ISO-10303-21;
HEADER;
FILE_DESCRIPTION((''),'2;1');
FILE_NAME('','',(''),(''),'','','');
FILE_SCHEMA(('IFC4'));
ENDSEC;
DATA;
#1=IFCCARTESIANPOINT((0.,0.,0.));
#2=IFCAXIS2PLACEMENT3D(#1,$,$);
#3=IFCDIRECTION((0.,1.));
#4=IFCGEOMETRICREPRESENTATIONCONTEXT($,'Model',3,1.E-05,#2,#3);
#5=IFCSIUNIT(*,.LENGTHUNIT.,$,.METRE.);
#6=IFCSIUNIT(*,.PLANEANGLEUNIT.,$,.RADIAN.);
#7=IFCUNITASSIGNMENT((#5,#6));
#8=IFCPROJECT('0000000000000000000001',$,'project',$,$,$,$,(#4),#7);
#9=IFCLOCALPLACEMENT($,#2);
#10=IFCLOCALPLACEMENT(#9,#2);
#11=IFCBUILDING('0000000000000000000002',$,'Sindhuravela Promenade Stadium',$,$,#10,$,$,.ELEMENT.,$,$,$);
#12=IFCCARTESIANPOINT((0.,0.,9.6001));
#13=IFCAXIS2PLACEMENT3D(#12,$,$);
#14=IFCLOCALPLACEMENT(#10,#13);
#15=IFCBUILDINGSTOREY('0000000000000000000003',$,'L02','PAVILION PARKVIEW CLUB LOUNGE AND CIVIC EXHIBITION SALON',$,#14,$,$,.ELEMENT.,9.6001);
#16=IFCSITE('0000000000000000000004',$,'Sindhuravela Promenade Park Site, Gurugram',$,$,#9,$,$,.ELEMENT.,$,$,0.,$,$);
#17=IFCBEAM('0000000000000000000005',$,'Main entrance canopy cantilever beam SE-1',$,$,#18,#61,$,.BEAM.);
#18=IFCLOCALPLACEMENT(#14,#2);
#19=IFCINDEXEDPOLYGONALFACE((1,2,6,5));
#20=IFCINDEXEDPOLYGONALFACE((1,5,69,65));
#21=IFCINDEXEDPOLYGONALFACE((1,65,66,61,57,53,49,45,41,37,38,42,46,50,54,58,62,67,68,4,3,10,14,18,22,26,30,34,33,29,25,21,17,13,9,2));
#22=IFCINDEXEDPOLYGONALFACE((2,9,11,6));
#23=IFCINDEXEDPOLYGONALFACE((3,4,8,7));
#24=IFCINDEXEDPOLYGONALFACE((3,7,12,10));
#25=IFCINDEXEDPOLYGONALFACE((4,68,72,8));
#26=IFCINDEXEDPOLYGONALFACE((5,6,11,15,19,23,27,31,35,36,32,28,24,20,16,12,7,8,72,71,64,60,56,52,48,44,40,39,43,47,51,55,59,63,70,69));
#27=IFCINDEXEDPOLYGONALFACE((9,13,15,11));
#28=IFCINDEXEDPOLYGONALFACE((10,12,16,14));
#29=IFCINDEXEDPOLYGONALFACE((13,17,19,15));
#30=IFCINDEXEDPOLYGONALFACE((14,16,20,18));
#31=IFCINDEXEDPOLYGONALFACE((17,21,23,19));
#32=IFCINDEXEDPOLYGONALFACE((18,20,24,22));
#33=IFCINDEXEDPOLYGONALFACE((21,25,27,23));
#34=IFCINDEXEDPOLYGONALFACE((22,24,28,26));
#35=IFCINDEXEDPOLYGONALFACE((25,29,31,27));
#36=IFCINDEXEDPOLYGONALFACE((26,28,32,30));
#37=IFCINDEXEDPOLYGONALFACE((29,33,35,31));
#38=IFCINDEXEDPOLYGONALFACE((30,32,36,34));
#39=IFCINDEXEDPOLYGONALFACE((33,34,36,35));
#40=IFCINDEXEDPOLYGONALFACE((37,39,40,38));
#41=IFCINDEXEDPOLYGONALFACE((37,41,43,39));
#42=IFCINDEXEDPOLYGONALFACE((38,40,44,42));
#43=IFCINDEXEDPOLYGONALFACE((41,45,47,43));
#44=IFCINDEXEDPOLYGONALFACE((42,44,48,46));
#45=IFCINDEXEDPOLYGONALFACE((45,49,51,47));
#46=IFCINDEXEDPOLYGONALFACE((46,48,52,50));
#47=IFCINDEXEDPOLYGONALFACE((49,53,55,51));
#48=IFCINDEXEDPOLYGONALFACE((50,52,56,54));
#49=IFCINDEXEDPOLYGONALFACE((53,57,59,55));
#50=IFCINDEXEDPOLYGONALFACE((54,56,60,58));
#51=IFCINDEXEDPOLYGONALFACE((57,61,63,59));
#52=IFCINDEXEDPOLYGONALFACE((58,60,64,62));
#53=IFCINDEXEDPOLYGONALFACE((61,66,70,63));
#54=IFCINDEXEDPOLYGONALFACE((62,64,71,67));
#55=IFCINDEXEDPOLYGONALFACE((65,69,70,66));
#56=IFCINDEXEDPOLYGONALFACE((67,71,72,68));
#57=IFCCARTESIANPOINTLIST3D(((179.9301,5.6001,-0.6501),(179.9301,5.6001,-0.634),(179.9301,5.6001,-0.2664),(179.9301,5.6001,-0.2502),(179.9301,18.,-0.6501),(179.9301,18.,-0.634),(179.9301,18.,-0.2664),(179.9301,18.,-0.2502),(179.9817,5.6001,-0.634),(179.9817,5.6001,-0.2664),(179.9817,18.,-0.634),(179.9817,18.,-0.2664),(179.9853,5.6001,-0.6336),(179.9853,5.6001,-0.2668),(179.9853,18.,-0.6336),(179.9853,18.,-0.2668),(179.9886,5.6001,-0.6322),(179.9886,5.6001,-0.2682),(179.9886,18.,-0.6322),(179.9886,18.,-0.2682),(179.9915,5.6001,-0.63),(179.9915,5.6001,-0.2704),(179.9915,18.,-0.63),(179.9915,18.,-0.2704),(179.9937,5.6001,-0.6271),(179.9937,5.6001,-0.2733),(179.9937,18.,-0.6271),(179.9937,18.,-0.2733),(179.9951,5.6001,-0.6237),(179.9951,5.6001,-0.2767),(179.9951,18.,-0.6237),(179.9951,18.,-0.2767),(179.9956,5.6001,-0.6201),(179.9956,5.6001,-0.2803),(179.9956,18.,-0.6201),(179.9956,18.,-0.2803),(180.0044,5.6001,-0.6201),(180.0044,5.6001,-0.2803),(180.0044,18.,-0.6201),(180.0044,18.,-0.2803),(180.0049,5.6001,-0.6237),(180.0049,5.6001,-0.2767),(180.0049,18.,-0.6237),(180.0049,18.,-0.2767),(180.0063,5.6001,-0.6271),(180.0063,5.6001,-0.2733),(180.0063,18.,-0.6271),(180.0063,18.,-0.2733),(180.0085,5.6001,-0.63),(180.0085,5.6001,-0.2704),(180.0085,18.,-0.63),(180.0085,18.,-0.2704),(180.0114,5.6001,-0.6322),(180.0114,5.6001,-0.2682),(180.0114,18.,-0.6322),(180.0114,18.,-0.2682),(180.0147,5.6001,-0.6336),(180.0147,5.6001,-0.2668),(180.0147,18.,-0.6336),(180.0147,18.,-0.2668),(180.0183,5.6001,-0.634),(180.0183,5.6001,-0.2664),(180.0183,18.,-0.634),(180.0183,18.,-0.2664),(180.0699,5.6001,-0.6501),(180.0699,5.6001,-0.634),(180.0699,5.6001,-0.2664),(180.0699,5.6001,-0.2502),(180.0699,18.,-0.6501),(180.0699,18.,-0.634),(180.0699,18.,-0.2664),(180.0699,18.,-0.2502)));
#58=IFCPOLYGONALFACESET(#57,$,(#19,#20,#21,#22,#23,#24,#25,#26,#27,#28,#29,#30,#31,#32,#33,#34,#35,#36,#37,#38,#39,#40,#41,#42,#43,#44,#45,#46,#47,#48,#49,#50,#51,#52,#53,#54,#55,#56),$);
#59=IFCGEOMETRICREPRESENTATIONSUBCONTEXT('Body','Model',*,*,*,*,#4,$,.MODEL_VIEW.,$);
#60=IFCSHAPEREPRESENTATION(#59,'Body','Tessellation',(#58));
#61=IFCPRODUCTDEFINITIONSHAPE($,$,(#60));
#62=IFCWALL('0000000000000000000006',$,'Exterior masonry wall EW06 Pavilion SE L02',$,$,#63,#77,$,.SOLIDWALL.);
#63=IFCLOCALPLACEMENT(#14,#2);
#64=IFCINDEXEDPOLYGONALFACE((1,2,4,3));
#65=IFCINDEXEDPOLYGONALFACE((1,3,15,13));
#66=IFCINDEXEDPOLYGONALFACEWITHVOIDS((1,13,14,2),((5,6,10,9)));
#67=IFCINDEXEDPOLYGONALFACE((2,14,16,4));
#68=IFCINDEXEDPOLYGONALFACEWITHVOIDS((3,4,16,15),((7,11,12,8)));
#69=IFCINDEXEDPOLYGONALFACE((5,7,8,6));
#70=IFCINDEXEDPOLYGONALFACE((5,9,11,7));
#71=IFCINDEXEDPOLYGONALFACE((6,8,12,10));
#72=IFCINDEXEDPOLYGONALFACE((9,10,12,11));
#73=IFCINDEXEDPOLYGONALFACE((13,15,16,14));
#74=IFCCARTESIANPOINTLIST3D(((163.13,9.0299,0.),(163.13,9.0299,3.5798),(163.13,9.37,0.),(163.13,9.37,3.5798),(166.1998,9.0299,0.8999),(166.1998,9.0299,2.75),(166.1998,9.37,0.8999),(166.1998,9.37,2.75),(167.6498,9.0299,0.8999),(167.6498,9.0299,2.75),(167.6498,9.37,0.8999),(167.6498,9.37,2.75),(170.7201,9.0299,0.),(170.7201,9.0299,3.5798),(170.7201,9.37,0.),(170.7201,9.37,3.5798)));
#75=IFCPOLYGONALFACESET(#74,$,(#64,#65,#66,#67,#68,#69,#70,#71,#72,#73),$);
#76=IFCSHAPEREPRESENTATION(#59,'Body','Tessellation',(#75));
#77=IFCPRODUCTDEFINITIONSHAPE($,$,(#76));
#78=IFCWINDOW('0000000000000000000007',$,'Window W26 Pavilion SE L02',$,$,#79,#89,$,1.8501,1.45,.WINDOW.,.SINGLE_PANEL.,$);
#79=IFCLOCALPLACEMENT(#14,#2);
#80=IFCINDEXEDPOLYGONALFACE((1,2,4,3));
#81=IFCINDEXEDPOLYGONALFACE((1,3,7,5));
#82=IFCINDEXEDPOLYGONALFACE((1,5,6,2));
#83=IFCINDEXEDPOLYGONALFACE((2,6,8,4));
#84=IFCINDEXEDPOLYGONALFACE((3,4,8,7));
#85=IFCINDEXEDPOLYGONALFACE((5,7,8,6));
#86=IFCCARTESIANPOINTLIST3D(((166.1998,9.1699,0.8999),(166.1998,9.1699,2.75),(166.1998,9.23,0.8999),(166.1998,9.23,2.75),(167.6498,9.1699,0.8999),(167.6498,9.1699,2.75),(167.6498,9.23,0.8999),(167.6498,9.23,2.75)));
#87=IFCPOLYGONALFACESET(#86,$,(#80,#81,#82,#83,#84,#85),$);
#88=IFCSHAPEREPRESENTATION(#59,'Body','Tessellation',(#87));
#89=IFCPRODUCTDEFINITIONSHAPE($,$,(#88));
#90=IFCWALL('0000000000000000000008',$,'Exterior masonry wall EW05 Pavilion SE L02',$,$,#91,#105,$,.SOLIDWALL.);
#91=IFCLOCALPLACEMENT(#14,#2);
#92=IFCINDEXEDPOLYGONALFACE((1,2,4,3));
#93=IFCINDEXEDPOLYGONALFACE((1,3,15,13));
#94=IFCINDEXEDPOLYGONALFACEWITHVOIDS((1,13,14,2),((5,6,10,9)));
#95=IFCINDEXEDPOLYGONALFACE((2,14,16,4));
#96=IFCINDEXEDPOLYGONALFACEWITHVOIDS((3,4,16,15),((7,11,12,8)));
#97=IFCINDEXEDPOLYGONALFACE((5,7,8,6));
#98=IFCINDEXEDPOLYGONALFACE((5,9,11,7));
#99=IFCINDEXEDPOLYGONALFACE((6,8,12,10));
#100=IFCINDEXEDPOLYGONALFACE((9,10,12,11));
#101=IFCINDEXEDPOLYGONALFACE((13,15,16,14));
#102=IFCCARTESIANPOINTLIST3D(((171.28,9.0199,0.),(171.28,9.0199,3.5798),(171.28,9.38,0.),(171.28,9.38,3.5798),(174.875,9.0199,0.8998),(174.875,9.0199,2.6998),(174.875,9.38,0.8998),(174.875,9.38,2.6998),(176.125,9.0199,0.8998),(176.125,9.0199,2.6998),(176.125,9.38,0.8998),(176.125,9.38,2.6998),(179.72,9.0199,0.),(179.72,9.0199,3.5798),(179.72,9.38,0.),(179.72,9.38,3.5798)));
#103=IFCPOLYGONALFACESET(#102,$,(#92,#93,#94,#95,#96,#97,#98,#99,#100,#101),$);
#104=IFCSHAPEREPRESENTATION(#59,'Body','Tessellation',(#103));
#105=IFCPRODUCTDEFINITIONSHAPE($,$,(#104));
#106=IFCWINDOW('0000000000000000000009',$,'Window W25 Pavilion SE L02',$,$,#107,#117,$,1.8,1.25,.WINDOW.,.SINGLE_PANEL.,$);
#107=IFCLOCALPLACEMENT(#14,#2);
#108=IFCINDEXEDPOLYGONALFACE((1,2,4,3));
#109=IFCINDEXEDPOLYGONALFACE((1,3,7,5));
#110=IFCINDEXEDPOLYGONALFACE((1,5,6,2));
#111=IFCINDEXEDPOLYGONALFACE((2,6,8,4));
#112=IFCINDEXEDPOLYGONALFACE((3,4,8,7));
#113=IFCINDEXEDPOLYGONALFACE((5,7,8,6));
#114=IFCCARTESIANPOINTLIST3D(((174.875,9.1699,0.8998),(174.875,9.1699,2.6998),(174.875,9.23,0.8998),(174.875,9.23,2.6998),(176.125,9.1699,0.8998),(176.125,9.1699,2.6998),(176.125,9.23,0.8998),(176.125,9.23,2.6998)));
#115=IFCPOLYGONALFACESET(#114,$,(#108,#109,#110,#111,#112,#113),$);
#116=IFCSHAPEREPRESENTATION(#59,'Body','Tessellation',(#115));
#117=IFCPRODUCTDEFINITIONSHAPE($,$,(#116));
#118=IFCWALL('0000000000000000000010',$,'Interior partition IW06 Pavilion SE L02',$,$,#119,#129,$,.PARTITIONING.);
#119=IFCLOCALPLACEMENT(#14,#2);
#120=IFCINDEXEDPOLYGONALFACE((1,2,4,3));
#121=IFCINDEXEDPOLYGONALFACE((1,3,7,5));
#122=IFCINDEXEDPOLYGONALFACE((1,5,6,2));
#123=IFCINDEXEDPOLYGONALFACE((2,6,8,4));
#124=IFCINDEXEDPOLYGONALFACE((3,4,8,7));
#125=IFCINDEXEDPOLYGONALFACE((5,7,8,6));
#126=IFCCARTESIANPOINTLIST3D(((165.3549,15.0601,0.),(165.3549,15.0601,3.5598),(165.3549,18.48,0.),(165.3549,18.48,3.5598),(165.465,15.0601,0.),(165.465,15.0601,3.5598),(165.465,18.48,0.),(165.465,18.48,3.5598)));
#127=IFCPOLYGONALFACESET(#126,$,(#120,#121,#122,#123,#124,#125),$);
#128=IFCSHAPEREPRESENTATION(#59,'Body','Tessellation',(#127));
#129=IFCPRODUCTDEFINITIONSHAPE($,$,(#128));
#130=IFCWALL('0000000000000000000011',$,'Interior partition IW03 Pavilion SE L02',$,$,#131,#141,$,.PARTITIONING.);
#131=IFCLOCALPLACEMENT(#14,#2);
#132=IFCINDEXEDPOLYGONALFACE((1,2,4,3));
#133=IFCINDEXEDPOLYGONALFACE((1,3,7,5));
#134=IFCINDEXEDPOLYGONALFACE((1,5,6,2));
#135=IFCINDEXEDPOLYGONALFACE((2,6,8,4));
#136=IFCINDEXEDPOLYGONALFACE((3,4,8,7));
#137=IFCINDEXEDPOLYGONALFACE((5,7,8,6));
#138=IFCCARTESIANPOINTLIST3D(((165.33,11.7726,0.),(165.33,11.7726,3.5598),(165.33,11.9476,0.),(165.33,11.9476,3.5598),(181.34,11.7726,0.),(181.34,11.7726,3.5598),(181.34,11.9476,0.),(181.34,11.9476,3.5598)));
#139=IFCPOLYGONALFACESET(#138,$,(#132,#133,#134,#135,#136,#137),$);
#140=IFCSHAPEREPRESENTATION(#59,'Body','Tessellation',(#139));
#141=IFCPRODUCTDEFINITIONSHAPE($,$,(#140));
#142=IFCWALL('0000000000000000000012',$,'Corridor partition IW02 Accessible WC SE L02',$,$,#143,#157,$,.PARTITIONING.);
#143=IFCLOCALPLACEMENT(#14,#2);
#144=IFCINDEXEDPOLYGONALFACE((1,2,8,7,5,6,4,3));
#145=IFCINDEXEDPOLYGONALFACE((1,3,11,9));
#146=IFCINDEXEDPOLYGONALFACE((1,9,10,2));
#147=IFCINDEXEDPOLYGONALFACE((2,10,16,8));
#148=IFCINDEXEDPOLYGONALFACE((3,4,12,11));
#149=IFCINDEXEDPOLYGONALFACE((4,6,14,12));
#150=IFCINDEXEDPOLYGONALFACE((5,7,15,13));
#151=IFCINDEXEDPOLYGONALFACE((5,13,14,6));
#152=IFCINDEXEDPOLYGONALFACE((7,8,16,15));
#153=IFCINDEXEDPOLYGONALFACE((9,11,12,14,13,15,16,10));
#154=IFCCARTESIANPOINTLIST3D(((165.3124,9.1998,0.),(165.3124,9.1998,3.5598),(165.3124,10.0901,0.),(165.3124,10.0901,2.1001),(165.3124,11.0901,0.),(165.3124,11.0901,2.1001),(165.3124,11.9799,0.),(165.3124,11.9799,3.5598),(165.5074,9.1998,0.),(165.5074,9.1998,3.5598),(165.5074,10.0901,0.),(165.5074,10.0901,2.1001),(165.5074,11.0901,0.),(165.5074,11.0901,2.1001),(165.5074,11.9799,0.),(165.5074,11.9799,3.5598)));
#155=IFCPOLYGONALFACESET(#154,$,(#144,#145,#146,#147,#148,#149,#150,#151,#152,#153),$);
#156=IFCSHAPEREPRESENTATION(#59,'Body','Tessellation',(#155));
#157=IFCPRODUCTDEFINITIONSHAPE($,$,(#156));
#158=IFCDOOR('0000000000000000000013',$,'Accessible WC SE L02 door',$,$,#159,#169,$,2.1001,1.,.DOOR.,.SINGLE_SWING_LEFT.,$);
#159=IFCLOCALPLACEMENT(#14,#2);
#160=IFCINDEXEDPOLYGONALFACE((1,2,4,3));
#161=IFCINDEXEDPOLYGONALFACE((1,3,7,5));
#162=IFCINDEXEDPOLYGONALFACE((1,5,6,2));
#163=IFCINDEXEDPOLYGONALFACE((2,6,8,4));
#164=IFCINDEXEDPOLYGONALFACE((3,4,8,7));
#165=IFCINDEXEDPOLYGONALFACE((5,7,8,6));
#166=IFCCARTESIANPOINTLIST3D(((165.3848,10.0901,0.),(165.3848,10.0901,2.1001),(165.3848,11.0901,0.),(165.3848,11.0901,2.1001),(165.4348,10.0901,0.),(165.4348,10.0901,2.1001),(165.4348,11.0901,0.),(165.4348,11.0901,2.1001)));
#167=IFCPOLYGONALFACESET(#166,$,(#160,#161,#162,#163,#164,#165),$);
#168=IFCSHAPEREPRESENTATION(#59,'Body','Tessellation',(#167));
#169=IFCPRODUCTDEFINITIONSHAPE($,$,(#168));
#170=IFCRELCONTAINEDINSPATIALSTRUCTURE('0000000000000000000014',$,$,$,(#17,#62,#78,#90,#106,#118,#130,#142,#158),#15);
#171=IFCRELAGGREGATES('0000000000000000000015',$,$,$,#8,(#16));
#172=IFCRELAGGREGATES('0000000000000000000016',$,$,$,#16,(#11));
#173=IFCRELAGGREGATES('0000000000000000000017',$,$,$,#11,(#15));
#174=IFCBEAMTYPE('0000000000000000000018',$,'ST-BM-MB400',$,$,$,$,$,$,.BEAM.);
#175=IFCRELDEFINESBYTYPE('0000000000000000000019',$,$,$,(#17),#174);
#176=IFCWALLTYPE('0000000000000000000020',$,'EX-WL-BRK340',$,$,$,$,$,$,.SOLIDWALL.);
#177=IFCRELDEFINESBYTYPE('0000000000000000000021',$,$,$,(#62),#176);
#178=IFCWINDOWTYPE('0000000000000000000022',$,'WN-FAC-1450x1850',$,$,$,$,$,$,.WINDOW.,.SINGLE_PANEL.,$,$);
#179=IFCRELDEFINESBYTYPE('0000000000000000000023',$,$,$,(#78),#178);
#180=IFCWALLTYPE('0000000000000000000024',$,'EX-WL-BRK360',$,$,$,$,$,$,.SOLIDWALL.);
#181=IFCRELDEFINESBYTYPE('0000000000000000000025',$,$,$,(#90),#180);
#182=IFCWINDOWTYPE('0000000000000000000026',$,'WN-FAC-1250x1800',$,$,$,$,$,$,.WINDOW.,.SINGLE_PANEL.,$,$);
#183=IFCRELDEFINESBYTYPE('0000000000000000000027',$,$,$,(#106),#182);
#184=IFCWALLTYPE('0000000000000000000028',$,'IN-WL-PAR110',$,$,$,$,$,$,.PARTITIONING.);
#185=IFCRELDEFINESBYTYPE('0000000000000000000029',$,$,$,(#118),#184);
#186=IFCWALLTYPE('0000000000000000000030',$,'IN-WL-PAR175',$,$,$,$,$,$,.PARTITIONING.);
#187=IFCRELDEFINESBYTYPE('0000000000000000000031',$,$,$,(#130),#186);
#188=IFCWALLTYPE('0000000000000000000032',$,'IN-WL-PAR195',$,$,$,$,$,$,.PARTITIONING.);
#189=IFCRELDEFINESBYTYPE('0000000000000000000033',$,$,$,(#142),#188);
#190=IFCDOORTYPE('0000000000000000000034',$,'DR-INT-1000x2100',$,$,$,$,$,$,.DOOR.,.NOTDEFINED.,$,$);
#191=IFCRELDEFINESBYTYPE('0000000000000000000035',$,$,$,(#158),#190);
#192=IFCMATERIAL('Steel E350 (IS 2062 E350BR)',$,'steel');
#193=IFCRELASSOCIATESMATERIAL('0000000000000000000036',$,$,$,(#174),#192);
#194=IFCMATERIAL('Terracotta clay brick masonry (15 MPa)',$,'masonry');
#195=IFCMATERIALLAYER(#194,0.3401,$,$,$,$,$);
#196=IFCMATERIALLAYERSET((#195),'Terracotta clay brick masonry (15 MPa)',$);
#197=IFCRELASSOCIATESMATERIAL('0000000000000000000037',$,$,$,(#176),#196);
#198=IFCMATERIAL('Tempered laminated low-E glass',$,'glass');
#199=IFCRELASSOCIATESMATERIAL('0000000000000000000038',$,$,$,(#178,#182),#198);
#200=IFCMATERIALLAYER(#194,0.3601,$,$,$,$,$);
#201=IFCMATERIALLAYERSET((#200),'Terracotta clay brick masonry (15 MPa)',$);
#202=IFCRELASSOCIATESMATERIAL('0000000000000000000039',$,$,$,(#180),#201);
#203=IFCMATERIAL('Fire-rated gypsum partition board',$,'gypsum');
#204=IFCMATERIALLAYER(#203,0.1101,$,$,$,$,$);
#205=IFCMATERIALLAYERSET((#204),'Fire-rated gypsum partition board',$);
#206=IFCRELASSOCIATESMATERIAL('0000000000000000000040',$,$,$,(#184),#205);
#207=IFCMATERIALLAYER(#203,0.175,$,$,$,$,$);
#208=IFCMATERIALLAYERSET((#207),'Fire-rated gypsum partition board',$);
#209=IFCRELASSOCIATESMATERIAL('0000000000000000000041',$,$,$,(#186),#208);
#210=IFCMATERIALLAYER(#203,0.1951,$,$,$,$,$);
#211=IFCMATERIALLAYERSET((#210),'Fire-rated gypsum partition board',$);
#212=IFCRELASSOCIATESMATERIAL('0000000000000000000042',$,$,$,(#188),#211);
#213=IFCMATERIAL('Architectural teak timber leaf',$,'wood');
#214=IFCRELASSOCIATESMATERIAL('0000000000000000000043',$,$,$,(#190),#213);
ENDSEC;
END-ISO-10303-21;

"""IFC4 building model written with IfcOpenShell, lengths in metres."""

from ifc_helpers import new_model, si_unit, direction, frame, frame_2d, origin, origin_2d, place, context, subcontext, project, spatial, rectangle, i_section, extrude, material, layer, layer_set, material_profile, profile_set, type_object, element, fill, save


model = new_model("IFC4")

# Units and contexts
model_context = context("Model", 3, precision=1e-05, world=origin(), true_north=direction((0.0, 1.0)))
body_context = subcontext(model_context, "Body", "Model", "MODEL_VIEW")
ifc_project = project(units=[si_unit("LENGTHUNIT", "METRE"), si_unit("PLANEANGLEUNIT", "RADIAN")], contexts=[model_context])

# Site, building, storey
site_placement = place(None, origin())
site = spatial("IfcSite", under=ifc_project, at=site_placement, Name="Sindhuravela Promenade Park Site, Gurugram", CompositionType="ELEMENT", RefElevation=0.0)
building_placement = place(site_placement, origin())
building = spatial("IfcBuilding", under=site, at=building_placement, Name="Sindhuravela Promenade Stadium", CompositionType="ELEMENT")
storey_placement = place(building_placement, frame((0.0, 0.0, 9.6001)))
storey = spatial("IfcBuildingStorey", under=building, at=storey_placement, Name="L02", Description="PAVILION PARKVIEW CLUB LOUNGE AND CIVIC EXHIBITION SALON", CompositionType="ELEMENT", Elevation=9.6001)

# Beam
ifc_material_1 = material(Name="Steel E350 (IS 2062 E350BR)", Category="steel")
ifc_material_profile_1 = material_profile(ifc_material_1, i_section(OverallWidth=0.1399, OverallDepth=0.3999, WebThickness=0.0088, FlangeThickness=0.0161, FilletRadius=0.0139, at=origin_2d()), Name="ISMB 400")
ifc_profile_set_1 = profile_set([ifc_material_profile_1], Name="Steel E350 (IS 2062 E350BR)")
beam_type_1 = type_object("IfcBeamType", Name="ST-BM-MB400", PredefinedType="BEAM", material=ifc_profile_set_1)
beam_1_placement = place(storey_placement, frame((180.0, 18.0, -0.4502), z_axis=(0.0, -1.0, 0.0), x_axis=(1.0, 0.0, 0.0)))
element("IfcBeam", 1, at=beam_1_placement, inside=storey, type_object=beam_type_1, Name="Main entrance canopy cantilever beam SE-1", PredefinedType="BEAM", context=body_context, shape_type="SweptSolid", body=[
    extrude(i_section(OverallWidth=0.1399, OverallDepth=0.3999, WebThickness=0.0088, FlangeThickness=0.0161, FilletRadius=0.0139, at=origin_2d()), origin(), (0.0, 0.0, 1.0), 12.3999),
])

# Walls, openings, windows
ifc_material_2 = material(Name="Terracotta clay brick masonry (15 MPa)", Category="masonry")
ifc_layer_1 = layer(ifc_material_2, 0.3401)
ifc_layer_set_1 = layer_set([ifc_layer_1], Name="Terracotta clay brick masonry (15 MPa)")
wall_type_1 = type_object("IfcWallType", Name="EX-WL-BRK340", PredefinedType="SOLIDWALL", material=ifc_layer_set_1)
wall_1_placement = place(storey_placement, frame((170.72, 9.2, 0.0), z_axis=(0.0, 0.0, 1.0), x_axis=(-1.0, 0.0, 0.0)))
wall_1 = element("IfcWall", 2, at=wall_1_placement, inside=storey, type_object=wall_type_1, Name="Exterior masonry wall EW06 Pavilion SE L02", PredefinedType="SOLIDWALL", context=body_context, shape_type="SweptSolid", body=[
    extrude(rectangle(XDim=7.5901, YDim=0.3401, at=frame_2d((3.7949, 0.0))), origin(), (0.0, 0.0, 1.0), 3.5798),
])
opening_1_placement = place(wall_1_placement, frame((3.0701, 0.0, 0.8999)))
opening_1 = element("IfcOpeningElement", 3, at=opening_1_placement, cuts=wall_1, PredefinedType="OPENING", context=body_context, shape_type="SweptSolid", body=[
    extrude(rectangle(XDim=1.45, YDim=1.8501, at=frame_2d((0.7251, 0.925))), frame((0.0, 0.1799, 0.0), z_axis=(0.0, -1.0, 0.0), x_axis=(1.0, 0.0, 0.0)), (0.0, 0.0, 1.0), 0.3601),
])
ifc_material_3 = material(Name="Tempered laminated low-E glass", Category="glass")
window_type_1 = type_object("IfcWindowType", Name="WN-FAC-1450x1850", PartitioningType="SINGLE_PANEL", PredefinedType="WINDOW", material=ifc_material_3)
window_1_placement = place(opening_1_placement, origin())
window_1 = element("IfcWindow", 4, at=window_1_placement, inside=storey, type_object=window_type_1, Name="Window W26 Pavilion SE L02", OverallHeight=1.8501, OverallWidth=1.45, PartitioningType="SINGLE_PANEL", PredefinedType="WINDOW", context=body_context, shape_type="SweptSolid", body=[
    extrude(rectangle(XDim=1.45, YDim=1.8501, at=frame_2d((0.7251, 0.925))), frame((0.0, 0.03, 0.0), z_axis=(0.0, -1.0, 0.0), x_axis=(1.0, 0.0, 0.0)), (0.0, 0.0, 1.0), 0.0601),
])
fill(opening_1, window_1)
ifc_layer_2 = layer(ifc_material_2, 0.3601)
ifc_layer_set_2 = layer_set([ifc_layer_2], Name="Terracotta clay brick masonry (15 MPa)")
wall_type_2 = type_object("IfcWallType", Name="EX-WL-BRK360", PredefinedType="SOLIDWALL", material=ifc_layer_set_2)
wall_2_placement = place(storey_placement, frame((179.72, 9.2, 0.0), z_axis=(0.0, 0.0, 1.0), x_axis=(-1.0, 0.0, 0.0)))
wall_2 = element("IfcWall", 5, at=wall_2_placement, inside=storey, type_object=wall_type_2, Name="Exterior masonry wall EW05 Pavilion SE L02", PredefinedType="SOLIDWALL", context=body_context, shape_type="SweptSolid", body=[
    extrude(rectangle(XDim=8.4399, YDim=0.3601, at=frame_2d((4.22, 0.0))), origin(), (0.0, 0.0, 1.0), 3.5798),
])
opening_2_placement = place(wall_2_placement, frame((3.595, 0.0, 0.8999)))
opening_2 = element("IfcOpeningElement", 6, at=opening_2_placement, cuts=wall_2, PredefinedType="OPENING", context=body_context, shape_type="SweptSolid", body=[
    extrude(rectangle(XDim=1.25, YDim=1.8, at=frame_2d((0.625, 0.8999))), frame((0.0, 0.1899, 0.0), z_axis=(0.0, -1.0, 0.0), x_axis=(1.0, 0.0, 0.0)), (0.0, 0.0, 1.0), 0.3801),
])
window_type_2 = type_object("IfcWindowType", Name="WN-FAC-1250x1800", PartitioningType="SINGLE_PANEL", PredefinedType="WINDOW", material=ifc_material_3)
window_2_placement = place(opening_2_placement, origin())
window_2 = element("IfcWindow", 7, at=window_2_placement, inside=storey, type_object=window_type_2, Name="Window W25 Pavilion SE L02", OverallHeight=1.8, OverallWidth=1.25, PartitioningType="SINGLE_PANEL", PredefinedType="WINDOW", context=body_context, shape_type="SweptSolid", body=[
    extrude(rectangle(XDim=1.25, YDim=1.8, at=frame_2d((0.625, 0.8999))), frame((0.0, 0.03, 0.0), z_axis=(0.0, -1.0, 0.0), x_axis=(1.0, 0.0, 0.0)), (0.0, 0.0, 1.0), 0.0601),
])
fill(opening_2, window_2)

# Walls
ifc_material_4 = material(Name="Fire-rated gypsum partition board", Category="gypsum")
ifc_layer_3 = layer(ifc_material_4, 0.1101)
ifc_layer_set_3 = layer_set([ifc_layer_3], Name="Fire-rated gypsum partition board")
wall_type_3 = type_object("IfcWallType", Name="IN-WL-PAR110", PredefinedType="PARTITIONING", material=ifc_layer_set_3)
wall_3_placement = place(storey_placement, frame((165.4099, 15.0601, 0.0), z_axis=(0.0, 0.0, 1.0), x_axis=(0.0, 1.0, 0.0)))
element("IfcWall", 8, at=wall_3_placement, inside=storey, type_object=wall_type_3, Name="Interior partition IW06 Pavilion SE L02", PredefinedType="PARTITIONING", context=body_context, shape_type="SweptSolid", body=[
    extrude(rectangle(XDim=3.4199, YDim=0.1101, at=frame_2d((1.71, 0.0))), origin(), (0.0, 0.0, 1.0), 3.5598),
])
ifc_layer_4 = layer(ifc_material_4, 0.175)
ifc_layer_set_4 = layer_set([ifc_layer_4], Name="Fire-rated gypsum partition board")
wall_type_4 = type_object("IfcWallType", Name="IN-WL-PAR175", PredefinedType="PARTITIONING", material=ifc_layer_set_4)
wall_4_placement = place(storey_placement, frame((165.3301, 11.8601, 0.0), z_axis=(0.0, 0.0, 1.0), x_axis=(1.0, 0.0, 0.0)))
element("IfcWall", 9, at=wall_4_placement, inside=storey, type_object=wall_type_4, Name="Interior partition IW03 Pavilion SE L02", PredefinedType="PARTITIONING", context=body_context, shape_type="SweptSolid", body=[
    extrude(rectangle(XDim=16.01, YDim=0.175, at=frame_2d((8.0049, 0.0))), origin(), (0.0, 0.0, 1.0), 3.5598),
])

# Wall, opening, door
ifc_layer_5 = layer(ifc_material_4, 0.1951)
ifc_layer_set_5 = layer_set([ifc_layer_5], Name="Fire-rated gypsum partition board")
wall_type_5 = type_object("IfcWallType", Name="IN-WL-PAR195", PredefinedType="PARTITIONING", material=ifc_layer_set_5)
wall_5_placement = place(storey_placement, frame((165.4099, 11.98, 0.0), z_axis=(0.0, 0.0, 1.0), x_axis=(0.0, -1.0, 0.0)))
wall_5 = element("IfcWall", 10, at=wall_5_placement, inside=storey, type_object=wall_type_5, Name="Corridor partition IW02 Accessible WC SE L02", PredefinedType="PARTITIONING", context=body_context, shape_type="SweptSolid", body=[
    extrude(rectangle(XDim=2.78, YDim=0.1951, at=frame_2d((1.3901, 0.0))), origin(), (0.0, 0.0, 1.0), 3.5598),
])
opening_3_placement = place(wall_5_placement, frame((0.8899, 0.0, 0.0)))
opening_3 = element("IfcOpeningElement", 11, at=opening_3_placement, cuts=wall_5, PredefinedType="OPENING", context=body_context, shape_type="SweptSolid", body=[
    extrude(rectangle(XDim=1.0, YDim=2.1001, at=frame_2d((0.5, 1.05))), frame((0.0, 0.1074, 0.0), z_axis=(0.0, -1.0, 0.0), x_axis=(1.0, 0.0, 0.0)), (0.0, 0.0, 1.0), 0.2151),
])
ifc_material_5 = material(Name="Architectural teak timber leaf", Category="wood")
door_type = type_object("IfcDoorType", Name="DR-INT-1000x2100", OperationType="NOTDEFINED", PredefinedType="DOOR", material=ifc_material_5)
door_placement = place(opening_3_placement, origin())
door = element("IfcDoor", 12, at=door_placement, inside=storey, type_object=door_type, Name="Accessible WC SE L02 door", OperationType="SINGLE_SWING_LEFT", OverallHeight=2.1001, OverallWidth=1.0, PredefinedType="DOOR", context=body_context, shape_type="SweptSolid", body=[
    extrude(rectangle(XDim=1.0, YDim=2.1001, at=frame_2d((0.5, 1.05))), frame((0.0, 0.0249, 0.0), z_axis=(0.0, -1.0, 0.0), x_axis=(1.0, 0.0, 0.0)), (0.0, 0.0, 1.0), 0.05),
])
fill(opening_3, door)

save(model, "model.ifc")
